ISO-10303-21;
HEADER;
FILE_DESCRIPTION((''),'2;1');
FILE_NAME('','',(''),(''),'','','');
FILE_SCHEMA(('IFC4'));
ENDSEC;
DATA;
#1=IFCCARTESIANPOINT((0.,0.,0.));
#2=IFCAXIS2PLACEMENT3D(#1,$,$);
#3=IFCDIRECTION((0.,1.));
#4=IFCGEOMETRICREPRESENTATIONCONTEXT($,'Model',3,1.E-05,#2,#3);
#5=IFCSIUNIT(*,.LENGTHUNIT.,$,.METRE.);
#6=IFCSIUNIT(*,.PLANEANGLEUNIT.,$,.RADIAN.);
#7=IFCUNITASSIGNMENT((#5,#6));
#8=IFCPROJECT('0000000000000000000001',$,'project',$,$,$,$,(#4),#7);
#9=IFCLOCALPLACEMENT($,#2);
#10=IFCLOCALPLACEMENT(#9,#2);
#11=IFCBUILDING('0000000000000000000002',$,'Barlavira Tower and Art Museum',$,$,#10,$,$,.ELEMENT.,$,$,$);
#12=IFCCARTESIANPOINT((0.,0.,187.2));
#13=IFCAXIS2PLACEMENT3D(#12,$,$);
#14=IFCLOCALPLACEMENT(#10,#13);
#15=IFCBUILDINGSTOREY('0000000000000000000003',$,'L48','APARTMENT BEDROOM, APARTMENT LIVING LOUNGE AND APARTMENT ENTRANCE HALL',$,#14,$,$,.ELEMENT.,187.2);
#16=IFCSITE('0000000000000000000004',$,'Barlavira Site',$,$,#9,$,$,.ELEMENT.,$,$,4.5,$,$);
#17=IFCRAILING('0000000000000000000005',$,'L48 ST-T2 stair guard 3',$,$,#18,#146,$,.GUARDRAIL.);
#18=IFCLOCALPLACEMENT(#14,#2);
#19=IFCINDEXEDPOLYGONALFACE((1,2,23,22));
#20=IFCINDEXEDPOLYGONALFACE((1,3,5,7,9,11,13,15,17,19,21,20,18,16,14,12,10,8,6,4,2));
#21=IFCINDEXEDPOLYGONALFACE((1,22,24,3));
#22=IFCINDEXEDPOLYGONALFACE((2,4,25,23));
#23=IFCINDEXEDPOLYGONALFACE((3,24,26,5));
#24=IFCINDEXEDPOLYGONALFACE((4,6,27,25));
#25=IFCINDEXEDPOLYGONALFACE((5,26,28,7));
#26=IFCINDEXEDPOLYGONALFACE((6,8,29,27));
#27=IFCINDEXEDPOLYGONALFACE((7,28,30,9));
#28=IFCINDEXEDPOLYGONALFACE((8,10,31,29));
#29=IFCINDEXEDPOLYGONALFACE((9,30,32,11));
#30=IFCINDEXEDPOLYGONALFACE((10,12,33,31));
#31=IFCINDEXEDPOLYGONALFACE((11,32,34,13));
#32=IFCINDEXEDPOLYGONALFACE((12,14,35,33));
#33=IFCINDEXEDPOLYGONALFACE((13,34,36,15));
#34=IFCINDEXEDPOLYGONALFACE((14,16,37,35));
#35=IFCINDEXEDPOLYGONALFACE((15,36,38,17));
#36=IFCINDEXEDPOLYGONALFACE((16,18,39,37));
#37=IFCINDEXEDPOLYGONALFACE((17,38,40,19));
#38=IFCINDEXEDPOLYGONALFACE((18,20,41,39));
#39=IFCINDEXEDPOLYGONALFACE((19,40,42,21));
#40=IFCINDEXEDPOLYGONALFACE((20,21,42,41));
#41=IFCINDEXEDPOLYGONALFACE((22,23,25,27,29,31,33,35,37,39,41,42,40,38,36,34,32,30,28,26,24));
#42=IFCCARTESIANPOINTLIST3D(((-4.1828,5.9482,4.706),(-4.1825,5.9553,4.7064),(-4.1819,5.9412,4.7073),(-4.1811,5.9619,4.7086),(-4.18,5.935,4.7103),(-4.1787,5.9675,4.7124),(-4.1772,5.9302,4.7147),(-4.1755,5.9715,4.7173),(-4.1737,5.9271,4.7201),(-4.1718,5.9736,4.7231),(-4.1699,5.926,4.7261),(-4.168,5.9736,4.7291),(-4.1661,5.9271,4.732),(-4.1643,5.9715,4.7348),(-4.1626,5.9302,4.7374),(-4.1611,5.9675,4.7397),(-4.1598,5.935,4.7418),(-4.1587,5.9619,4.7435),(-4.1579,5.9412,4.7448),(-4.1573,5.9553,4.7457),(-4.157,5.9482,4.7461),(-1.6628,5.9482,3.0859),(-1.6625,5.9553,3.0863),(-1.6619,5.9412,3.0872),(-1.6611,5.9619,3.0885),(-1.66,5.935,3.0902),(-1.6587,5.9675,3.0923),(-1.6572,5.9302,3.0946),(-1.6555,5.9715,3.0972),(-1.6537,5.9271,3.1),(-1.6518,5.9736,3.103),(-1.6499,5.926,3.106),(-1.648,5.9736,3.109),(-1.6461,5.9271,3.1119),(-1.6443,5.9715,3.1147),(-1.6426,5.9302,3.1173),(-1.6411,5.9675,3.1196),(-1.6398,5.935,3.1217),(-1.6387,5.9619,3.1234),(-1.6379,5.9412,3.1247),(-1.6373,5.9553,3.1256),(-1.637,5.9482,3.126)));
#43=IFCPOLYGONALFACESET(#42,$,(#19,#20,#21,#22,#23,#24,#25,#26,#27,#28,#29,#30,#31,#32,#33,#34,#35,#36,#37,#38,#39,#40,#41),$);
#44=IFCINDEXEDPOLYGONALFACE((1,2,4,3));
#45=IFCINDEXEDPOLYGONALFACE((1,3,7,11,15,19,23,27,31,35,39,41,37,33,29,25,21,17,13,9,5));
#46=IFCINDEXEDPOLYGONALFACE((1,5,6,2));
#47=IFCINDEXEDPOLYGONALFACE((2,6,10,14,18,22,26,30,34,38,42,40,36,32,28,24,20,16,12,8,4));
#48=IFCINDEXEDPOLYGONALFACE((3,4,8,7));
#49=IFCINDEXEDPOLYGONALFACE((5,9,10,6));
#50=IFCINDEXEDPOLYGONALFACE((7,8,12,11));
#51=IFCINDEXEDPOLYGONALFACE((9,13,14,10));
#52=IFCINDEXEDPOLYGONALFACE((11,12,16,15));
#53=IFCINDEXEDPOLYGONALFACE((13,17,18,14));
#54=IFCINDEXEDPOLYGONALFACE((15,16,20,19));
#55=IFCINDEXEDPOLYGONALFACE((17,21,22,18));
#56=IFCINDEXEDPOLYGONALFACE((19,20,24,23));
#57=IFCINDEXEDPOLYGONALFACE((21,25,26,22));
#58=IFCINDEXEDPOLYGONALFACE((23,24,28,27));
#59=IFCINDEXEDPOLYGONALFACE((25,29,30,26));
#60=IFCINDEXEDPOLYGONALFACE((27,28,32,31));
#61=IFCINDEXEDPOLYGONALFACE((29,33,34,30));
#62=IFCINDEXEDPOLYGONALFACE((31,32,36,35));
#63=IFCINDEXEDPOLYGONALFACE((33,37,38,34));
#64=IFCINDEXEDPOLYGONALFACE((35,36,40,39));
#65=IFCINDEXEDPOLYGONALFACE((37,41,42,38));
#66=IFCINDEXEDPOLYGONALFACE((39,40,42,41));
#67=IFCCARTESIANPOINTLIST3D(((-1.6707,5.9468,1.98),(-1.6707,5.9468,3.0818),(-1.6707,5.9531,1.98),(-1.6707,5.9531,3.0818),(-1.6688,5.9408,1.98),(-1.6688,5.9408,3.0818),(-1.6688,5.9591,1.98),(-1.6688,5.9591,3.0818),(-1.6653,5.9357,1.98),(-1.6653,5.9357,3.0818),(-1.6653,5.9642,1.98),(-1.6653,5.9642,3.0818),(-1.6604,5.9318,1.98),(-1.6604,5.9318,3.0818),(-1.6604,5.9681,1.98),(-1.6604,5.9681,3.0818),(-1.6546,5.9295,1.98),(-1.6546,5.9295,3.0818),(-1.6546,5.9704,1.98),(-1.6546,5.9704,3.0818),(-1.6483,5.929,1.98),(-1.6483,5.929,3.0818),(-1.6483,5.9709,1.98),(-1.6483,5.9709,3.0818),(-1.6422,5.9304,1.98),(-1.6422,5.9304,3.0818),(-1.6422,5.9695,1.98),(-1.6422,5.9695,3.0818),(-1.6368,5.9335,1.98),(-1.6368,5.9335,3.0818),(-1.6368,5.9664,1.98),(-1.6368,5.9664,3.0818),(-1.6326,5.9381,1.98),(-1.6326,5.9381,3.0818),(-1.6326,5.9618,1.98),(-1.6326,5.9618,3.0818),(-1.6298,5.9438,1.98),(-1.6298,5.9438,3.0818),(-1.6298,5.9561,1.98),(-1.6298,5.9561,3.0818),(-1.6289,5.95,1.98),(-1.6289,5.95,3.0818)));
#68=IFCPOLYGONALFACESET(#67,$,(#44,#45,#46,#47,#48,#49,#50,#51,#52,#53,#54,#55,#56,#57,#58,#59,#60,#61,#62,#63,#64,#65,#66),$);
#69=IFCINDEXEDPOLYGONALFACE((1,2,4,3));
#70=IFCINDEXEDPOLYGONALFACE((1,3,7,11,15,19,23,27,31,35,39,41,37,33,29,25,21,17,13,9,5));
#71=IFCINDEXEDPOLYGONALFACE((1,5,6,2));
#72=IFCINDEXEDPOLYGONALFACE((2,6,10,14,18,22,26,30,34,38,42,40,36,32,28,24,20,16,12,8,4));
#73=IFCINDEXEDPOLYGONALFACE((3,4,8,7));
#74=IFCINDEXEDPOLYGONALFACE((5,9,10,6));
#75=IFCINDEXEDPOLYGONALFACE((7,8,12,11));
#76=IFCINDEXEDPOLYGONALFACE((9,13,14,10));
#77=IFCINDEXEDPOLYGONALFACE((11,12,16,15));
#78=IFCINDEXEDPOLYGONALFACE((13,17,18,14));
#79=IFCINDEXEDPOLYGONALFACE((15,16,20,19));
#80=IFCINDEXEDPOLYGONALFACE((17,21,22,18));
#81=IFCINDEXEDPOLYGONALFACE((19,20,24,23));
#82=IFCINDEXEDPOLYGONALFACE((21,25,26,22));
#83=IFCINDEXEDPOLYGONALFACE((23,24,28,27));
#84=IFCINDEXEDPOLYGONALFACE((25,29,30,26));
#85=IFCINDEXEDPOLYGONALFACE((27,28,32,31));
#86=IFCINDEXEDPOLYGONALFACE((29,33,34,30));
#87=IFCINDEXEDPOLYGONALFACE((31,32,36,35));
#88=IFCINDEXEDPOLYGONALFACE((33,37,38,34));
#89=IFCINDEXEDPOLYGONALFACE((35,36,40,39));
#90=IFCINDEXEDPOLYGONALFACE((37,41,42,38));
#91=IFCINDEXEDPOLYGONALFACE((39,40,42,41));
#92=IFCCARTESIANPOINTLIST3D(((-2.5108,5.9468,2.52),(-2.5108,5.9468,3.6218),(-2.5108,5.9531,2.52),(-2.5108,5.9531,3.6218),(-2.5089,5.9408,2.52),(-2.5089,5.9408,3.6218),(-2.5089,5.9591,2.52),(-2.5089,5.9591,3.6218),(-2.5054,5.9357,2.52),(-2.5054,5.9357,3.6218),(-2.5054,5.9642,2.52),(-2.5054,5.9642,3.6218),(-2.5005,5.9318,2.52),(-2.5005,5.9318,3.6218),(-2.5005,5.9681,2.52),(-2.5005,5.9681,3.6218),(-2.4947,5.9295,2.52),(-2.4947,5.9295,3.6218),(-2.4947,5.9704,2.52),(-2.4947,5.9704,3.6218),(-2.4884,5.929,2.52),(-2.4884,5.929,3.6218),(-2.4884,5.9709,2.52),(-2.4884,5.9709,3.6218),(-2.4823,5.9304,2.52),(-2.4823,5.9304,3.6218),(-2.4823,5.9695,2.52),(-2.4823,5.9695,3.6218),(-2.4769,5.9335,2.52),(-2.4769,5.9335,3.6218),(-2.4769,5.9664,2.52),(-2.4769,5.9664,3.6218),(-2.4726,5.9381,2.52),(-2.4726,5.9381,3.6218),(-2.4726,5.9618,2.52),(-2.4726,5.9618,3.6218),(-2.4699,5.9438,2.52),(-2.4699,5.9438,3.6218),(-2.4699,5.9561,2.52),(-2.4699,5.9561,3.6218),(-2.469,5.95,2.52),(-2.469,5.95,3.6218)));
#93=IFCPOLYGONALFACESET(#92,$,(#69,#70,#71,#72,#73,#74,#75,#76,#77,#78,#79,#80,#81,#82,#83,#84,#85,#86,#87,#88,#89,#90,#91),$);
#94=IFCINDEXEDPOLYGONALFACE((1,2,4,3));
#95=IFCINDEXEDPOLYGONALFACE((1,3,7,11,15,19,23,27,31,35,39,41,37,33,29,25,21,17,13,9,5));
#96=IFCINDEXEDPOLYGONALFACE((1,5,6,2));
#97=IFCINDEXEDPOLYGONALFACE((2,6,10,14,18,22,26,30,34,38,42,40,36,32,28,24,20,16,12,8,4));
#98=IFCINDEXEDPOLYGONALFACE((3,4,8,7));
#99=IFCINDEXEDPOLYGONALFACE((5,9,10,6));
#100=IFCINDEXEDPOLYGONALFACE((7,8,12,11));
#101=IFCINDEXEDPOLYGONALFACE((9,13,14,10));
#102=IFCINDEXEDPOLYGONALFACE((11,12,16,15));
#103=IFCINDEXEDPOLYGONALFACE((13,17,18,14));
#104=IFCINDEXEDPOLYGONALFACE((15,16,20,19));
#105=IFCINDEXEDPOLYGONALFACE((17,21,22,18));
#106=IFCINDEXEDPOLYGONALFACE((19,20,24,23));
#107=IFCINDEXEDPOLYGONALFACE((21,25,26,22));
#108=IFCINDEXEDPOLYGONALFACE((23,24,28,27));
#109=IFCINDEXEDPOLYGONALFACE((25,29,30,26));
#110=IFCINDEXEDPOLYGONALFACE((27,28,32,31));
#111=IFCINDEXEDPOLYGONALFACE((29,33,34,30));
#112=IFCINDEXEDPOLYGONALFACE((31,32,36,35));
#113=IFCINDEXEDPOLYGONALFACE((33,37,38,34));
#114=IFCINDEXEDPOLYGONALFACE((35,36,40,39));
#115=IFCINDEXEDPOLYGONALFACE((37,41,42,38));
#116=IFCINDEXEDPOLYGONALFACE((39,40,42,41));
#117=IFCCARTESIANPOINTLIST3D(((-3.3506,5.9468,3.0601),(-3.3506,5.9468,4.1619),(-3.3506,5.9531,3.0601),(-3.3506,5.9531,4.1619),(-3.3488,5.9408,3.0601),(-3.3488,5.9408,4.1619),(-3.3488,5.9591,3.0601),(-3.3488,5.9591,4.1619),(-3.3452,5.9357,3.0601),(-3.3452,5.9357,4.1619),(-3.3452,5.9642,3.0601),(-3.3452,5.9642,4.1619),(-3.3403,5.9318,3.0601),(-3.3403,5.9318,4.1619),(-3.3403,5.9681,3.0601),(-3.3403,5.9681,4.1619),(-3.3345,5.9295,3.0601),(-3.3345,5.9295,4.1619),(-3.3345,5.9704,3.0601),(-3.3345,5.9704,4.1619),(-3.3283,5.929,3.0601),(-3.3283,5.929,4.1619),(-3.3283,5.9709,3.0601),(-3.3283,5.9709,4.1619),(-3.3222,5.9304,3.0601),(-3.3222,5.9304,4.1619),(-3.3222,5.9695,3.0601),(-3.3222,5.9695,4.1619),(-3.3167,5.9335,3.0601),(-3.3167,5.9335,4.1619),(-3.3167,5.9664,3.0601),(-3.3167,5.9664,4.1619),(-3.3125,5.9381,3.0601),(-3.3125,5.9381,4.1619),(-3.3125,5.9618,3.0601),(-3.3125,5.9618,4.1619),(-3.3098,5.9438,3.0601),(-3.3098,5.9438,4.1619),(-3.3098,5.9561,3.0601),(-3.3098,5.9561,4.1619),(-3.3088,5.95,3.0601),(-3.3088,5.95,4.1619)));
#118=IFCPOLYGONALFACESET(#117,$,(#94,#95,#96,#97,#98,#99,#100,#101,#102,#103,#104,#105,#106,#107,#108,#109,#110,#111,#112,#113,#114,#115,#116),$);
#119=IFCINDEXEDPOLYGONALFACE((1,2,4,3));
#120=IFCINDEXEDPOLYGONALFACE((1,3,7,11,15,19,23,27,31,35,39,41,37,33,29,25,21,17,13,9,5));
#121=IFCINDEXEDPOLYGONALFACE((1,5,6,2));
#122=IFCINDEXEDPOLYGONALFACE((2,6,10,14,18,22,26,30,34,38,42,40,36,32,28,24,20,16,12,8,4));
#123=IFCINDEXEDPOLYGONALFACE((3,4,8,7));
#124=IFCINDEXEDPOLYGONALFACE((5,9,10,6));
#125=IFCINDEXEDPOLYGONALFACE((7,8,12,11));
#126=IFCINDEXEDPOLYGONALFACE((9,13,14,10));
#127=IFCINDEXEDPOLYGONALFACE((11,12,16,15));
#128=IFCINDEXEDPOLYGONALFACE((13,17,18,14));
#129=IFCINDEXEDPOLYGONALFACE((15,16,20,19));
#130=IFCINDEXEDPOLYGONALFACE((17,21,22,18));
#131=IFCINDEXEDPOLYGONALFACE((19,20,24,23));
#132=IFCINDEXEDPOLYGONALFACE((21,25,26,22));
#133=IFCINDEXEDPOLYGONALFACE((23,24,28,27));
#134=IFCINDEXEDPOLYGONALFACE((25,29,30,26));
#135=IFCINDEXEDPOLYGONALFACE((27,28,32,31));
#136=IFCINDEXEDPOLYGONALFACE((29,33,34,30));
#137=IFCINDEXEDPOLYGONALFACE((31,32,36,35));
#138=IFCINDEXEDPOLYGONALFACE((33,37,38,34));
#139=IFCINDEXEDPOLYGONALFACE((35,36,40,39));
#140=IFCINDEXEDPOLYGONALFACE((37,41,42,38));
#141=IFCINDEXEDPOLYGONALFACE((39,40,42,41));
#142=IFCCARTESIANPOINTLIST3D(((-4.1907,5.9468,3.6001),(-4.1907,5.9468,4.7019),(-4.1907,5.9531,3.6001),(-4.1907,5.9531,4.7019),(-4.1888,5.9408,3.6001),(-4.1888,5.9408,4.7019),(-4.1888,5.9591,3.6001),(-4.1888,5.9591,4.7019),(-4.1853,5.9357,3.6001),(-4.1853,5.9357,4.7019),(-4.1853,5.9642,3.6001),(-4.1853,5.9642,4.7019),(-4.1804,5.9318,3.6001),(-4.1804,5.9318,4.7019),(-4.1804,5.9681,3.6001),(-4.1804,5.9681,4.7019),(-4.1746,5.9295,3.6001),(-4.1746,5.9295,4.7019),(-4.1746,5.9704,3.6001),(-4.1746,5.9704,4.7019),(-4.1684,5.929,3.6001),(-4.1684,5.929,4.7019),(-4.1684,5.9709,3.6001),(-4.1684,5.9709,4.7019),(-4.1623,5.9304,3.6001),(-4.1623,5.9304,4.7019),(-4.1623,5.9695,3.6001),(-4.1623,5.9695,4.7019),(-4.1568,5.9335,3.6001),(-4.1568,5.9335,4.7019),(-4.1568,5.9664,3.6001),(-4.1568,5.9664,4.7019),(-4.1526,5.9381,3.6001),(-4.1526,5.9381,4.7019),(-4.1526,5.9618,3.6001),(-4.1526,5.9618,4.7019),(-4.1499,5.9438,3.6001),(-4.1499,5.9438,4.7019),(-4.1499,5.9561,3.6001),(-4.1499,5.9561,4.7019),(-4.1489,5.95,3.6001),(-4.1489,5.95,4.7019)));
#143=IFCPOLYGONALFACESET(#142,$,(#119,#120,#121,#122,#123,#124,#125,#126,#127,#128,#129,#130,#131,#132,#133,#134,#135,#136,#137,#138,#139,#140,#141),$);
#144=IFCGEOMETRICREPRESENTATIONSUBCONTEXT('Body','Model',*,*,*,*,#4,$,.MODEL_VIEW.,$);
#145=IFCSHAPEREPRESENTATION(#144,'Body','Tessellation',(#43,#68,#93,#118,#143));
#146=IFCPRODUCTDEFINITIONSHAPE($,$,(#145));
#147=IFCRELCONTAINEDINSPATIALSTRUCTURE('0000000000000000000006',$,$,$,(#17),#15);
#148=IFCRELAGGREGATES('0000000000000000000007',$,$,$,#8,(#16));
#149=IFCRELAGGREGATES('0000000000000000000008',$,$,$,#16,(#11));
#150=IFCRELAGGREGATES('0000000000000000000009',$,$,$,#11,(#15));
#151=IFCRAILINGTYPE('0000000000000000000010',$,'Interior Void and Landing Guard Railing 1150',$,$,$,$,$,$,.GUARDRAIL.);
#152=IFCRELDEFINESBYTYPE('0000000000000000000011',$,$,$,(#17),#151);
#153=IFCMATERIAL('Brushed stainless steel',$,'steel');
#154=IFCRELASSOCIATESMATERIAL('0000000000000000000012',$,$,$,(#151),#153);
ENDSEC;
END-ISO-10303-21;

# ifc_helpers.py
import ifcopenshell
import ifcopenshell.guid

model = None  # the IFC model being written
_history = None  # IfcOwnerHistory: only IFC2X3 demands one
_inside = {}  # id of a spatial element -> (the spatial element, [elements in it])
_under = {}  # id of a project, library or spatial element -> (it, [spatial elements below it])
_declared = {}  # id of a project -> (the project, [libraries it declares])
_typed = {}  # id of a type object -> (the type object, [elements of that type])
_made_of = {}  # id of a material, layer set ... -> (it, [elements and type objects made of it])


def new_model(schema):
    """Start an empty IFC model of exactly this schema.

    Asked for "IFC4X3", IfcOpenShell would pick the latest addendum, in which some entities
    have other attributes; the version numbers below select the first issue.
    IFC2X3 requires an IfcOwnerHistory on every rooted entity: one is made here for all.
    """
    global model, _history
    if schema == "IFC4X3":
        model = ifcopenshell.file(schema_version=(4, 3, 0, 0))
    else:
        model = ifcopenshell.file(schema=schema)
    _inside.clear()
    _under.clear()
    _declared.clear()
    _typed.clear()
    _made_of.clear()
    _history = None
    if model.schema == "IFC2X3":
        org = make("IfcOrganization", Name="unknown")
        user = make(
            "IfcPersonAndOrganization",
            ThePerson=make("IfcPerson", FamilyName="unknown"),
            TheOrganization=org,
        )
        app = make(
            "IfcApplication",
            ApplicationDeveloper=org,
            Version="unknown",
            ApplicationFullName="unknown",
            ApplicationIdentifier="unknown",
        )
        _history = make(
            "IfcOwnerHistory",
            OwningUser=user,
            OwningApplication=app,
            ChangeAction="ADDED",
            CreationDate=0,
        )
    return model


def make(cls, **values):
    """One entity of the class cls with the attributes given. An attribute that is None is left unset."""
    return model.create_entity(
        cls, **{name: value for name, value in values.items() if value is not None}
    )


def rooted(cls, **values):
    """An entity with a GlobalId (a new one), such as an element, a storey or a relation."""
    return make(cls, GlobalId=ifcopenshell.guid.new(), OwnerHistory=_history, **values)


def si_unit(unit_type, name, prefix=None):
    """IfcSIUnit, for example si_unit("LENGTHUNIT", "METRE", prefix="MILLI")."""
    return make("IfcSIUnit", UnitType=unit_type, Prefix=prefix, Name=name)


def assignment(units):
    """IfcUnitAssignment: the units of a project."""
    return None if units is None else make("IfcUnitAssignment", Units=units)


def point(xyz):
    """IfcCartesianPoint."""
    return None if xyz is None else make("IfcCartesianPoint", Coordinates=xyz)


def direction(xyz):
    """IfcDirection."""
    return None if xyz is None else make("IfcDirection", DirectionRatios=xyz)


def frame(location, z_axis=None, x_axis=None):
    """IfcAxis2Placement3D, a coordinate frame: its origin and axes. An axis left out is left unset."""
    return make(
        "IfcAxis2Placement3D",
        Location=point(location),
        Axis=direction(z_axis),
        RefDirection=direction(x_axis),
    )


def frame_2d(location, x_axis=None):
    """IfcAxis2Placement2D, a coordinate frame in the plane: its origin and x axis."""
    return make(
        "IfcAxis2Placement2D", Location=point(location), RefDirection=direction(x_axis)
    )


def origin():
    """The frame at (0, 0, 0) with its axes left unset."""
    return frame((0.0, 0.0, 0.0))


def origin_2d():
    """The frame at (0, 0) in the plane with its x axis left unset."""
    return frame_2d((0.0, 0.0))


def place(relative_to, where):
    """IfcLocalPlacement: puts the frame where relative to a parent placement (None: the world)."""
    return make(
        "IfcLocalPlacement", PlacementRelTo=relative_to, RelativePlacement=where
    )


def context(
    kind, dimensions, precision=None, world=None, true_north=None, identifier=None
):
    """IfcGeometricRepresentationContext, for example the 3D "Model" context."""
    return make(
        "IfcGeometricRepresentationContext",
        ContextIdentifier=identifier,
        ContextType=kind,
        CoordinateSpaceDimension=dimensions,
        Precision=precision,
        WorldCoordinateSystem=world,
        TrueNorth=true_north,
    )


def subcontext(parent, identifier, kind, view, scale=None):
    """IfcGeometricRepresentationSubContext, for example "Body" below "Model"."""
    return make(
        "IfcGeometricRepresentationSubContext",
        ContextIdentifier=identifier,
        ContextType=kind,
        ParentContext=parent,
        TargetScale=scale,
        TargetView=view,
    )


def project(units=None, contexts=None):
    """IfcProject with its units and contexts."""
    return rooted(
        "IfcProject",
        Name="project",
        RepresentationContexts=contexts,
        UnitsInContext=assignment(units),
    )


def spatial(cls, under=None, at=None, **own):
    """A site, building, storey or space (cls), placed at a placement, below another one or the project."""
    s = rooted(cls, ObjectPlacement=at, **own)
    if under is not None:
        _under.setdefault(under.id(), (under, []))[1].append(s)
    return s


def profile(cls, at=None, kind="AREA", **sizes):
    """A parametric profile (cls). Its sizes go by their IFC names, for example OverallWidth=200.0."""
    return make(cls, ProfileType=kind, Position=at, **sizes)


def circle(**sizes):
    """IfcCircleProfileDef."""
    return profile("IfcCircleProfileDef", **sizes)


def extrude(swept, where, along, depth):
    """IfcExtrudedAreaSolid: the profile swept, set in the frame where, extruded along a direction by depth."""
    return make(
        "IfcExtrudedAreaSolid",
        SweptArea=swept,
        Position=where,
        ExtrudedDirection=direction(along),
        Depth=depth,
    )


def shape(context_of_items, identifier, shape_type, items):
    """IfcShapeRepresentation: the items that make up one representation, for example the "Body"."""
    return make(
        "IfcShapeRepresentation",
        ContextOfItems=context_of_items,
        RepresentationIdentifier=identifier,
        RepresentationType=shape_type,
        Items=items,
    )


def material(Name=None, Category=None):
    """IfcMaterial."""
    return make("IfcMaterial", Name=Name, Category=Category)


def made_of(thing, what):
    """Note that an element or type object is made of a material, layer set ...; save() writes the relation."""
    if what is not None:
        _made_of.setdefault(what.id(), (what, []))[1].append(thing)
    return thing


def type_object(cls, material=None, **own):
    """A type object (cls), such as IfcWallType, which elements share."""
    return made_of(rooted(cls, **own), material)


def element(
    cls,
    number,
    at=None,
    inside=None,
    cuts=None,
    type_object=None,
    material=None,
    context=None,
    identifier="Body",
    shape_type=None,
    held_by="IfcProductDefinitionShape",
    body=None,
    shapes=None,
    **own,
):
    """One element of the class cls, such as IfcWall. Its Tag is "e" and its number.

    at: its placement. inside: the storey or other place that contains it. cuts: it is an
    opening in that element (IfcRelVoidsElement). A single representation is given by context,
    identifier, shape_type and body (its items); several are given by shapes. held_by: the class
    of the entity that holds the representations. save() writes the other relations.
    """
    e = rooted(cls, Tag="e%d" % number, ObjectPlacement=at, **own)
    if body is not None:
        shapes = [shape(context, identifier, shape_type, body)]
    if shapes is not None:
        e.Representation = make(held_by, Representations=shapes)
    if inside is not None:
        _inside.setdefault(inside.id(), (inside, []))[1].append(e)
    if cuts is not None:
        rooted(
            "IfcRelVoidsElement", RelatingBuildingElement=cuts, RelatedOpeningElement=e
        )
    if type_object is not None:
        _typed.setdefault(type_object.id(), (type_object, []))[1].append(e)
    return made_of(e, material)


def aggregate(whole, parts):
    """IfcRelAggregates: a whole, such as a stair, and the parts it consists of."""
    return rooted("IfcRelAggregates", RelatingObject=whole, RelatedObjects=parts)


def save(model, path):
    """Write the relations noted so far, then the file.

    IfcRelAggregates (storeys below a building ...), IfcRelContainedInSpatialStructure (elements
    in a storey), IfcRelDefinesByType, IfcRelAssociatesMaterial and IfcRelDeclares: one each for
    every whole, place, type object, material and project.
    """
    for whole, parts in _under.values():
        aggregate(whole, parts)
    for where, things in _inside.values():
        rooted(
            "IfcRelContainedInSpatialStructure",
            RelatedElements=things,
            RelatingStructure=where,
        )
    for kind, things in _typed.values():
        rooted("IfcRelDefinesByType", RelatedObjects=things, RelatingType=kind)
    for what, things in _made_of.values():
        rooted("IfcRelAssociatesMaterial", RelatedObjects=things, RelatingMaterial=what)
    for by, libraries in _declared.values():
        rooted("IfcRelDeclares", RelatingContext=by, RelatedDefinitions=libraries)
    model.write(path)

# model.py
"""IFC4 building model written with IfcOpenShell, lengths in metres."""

from ifc_helpers import new_model, si_unit, direction, frame, origin, origin_2d, place, context, subcontext, project, spatial, circle, extrude, material, type_object, element, save


model = new_model("IFC4")

# Units and contexts
model_context = context("Model", 3, precision=1e-05, world=origin(), true_north=direction((0.0, 1.0)))
body_context = subcontext(model_context, "Body", "Model", "MODEL_VIEW")
ifc_project = project(units=[si_unit("LENGTHUNIT", "METRE"), si_unit("PLANEANGLEUNIT", "RADIAN")], contexts=[model_context])

# Site, building, storey
site_placement = place(None, origin())
site = spatial("IfcSite", under=ifc_project, at=site_placement, Name="Barlavira Site", CompositionType="ELEMENT", RefElevation=4.5)
building_placement = place(site_placement, origin())
building = spatial("IfcBuilding", under=site, at=building_placement, Name="Barlavira Tower and Art Museum", CompositionType="ELEMENT")
storey_placement = place(building_placement, frame((0.0, 0.0, 187.2)))
storey = spatial("IfcBuildingStorey", under=building, at=storey_placement, Name="L48", Description="APARTMENT BEDROOM, APARTMENT LIVING LOUNGE AND APARTMENT ENTRANCE HALL", CompositionType="ELEMENT", Elevation=187.2)

# Shared definitions
ifc_material_1 = material(Name="Brushed stainless steel", Category="steel")

# Railing
railing_type_1 = type_object("IfcRailingType", Name="Interior Void and Landing Guard Railing 1150", PredefinedType="GUARDRAIL", material=ifc_material_1)
railing_1_placement = place(storey_placement, frame((-1.6499, 5.95, 1.98)))
element("IfcRailing", 1, at=railing_1_placement, inside=storey, type_object=railing_type_1, Name="L48 ST-T2 stair guard 3", PredefinedType="GUARDRAIL", context=body_context, shape_type="SweptSolid", body=[
    extrude(circle(Radius=0.0239, at=origin_2d()), frame((0.0, 0.0, 1.126), z_axis=(-0.841163, 0.0, 0.540782), x_axis=(0.0, -1.0, 0.0)), (0.0, 0.0, 1.0), 2.9958),
    extrude(circle(Radius=0.021, at=origin_2d()), origin(), (0.0, 0.0, 1.0), 1.1018),
    extrude(circle(Radius=0.021, at=origin_2d()), frame((-0.8401, 0.0, 0.54)), (0.0, 0.0, 1.0), 1.1018),
    extrude(circle(Radius=0.021, at=origin_2d()), frame((-1.6799, 0.0, 1.0801)), (0.0, 0.0, 1.0), 1.1018),
    extrude(circle(Radius=0.021, at=origin_2d()), frame((-2.52, 0.0, 1.6201)), (0.0, 0.0, 1.0), 1.1018),
])

save(model, "model.ifc")
